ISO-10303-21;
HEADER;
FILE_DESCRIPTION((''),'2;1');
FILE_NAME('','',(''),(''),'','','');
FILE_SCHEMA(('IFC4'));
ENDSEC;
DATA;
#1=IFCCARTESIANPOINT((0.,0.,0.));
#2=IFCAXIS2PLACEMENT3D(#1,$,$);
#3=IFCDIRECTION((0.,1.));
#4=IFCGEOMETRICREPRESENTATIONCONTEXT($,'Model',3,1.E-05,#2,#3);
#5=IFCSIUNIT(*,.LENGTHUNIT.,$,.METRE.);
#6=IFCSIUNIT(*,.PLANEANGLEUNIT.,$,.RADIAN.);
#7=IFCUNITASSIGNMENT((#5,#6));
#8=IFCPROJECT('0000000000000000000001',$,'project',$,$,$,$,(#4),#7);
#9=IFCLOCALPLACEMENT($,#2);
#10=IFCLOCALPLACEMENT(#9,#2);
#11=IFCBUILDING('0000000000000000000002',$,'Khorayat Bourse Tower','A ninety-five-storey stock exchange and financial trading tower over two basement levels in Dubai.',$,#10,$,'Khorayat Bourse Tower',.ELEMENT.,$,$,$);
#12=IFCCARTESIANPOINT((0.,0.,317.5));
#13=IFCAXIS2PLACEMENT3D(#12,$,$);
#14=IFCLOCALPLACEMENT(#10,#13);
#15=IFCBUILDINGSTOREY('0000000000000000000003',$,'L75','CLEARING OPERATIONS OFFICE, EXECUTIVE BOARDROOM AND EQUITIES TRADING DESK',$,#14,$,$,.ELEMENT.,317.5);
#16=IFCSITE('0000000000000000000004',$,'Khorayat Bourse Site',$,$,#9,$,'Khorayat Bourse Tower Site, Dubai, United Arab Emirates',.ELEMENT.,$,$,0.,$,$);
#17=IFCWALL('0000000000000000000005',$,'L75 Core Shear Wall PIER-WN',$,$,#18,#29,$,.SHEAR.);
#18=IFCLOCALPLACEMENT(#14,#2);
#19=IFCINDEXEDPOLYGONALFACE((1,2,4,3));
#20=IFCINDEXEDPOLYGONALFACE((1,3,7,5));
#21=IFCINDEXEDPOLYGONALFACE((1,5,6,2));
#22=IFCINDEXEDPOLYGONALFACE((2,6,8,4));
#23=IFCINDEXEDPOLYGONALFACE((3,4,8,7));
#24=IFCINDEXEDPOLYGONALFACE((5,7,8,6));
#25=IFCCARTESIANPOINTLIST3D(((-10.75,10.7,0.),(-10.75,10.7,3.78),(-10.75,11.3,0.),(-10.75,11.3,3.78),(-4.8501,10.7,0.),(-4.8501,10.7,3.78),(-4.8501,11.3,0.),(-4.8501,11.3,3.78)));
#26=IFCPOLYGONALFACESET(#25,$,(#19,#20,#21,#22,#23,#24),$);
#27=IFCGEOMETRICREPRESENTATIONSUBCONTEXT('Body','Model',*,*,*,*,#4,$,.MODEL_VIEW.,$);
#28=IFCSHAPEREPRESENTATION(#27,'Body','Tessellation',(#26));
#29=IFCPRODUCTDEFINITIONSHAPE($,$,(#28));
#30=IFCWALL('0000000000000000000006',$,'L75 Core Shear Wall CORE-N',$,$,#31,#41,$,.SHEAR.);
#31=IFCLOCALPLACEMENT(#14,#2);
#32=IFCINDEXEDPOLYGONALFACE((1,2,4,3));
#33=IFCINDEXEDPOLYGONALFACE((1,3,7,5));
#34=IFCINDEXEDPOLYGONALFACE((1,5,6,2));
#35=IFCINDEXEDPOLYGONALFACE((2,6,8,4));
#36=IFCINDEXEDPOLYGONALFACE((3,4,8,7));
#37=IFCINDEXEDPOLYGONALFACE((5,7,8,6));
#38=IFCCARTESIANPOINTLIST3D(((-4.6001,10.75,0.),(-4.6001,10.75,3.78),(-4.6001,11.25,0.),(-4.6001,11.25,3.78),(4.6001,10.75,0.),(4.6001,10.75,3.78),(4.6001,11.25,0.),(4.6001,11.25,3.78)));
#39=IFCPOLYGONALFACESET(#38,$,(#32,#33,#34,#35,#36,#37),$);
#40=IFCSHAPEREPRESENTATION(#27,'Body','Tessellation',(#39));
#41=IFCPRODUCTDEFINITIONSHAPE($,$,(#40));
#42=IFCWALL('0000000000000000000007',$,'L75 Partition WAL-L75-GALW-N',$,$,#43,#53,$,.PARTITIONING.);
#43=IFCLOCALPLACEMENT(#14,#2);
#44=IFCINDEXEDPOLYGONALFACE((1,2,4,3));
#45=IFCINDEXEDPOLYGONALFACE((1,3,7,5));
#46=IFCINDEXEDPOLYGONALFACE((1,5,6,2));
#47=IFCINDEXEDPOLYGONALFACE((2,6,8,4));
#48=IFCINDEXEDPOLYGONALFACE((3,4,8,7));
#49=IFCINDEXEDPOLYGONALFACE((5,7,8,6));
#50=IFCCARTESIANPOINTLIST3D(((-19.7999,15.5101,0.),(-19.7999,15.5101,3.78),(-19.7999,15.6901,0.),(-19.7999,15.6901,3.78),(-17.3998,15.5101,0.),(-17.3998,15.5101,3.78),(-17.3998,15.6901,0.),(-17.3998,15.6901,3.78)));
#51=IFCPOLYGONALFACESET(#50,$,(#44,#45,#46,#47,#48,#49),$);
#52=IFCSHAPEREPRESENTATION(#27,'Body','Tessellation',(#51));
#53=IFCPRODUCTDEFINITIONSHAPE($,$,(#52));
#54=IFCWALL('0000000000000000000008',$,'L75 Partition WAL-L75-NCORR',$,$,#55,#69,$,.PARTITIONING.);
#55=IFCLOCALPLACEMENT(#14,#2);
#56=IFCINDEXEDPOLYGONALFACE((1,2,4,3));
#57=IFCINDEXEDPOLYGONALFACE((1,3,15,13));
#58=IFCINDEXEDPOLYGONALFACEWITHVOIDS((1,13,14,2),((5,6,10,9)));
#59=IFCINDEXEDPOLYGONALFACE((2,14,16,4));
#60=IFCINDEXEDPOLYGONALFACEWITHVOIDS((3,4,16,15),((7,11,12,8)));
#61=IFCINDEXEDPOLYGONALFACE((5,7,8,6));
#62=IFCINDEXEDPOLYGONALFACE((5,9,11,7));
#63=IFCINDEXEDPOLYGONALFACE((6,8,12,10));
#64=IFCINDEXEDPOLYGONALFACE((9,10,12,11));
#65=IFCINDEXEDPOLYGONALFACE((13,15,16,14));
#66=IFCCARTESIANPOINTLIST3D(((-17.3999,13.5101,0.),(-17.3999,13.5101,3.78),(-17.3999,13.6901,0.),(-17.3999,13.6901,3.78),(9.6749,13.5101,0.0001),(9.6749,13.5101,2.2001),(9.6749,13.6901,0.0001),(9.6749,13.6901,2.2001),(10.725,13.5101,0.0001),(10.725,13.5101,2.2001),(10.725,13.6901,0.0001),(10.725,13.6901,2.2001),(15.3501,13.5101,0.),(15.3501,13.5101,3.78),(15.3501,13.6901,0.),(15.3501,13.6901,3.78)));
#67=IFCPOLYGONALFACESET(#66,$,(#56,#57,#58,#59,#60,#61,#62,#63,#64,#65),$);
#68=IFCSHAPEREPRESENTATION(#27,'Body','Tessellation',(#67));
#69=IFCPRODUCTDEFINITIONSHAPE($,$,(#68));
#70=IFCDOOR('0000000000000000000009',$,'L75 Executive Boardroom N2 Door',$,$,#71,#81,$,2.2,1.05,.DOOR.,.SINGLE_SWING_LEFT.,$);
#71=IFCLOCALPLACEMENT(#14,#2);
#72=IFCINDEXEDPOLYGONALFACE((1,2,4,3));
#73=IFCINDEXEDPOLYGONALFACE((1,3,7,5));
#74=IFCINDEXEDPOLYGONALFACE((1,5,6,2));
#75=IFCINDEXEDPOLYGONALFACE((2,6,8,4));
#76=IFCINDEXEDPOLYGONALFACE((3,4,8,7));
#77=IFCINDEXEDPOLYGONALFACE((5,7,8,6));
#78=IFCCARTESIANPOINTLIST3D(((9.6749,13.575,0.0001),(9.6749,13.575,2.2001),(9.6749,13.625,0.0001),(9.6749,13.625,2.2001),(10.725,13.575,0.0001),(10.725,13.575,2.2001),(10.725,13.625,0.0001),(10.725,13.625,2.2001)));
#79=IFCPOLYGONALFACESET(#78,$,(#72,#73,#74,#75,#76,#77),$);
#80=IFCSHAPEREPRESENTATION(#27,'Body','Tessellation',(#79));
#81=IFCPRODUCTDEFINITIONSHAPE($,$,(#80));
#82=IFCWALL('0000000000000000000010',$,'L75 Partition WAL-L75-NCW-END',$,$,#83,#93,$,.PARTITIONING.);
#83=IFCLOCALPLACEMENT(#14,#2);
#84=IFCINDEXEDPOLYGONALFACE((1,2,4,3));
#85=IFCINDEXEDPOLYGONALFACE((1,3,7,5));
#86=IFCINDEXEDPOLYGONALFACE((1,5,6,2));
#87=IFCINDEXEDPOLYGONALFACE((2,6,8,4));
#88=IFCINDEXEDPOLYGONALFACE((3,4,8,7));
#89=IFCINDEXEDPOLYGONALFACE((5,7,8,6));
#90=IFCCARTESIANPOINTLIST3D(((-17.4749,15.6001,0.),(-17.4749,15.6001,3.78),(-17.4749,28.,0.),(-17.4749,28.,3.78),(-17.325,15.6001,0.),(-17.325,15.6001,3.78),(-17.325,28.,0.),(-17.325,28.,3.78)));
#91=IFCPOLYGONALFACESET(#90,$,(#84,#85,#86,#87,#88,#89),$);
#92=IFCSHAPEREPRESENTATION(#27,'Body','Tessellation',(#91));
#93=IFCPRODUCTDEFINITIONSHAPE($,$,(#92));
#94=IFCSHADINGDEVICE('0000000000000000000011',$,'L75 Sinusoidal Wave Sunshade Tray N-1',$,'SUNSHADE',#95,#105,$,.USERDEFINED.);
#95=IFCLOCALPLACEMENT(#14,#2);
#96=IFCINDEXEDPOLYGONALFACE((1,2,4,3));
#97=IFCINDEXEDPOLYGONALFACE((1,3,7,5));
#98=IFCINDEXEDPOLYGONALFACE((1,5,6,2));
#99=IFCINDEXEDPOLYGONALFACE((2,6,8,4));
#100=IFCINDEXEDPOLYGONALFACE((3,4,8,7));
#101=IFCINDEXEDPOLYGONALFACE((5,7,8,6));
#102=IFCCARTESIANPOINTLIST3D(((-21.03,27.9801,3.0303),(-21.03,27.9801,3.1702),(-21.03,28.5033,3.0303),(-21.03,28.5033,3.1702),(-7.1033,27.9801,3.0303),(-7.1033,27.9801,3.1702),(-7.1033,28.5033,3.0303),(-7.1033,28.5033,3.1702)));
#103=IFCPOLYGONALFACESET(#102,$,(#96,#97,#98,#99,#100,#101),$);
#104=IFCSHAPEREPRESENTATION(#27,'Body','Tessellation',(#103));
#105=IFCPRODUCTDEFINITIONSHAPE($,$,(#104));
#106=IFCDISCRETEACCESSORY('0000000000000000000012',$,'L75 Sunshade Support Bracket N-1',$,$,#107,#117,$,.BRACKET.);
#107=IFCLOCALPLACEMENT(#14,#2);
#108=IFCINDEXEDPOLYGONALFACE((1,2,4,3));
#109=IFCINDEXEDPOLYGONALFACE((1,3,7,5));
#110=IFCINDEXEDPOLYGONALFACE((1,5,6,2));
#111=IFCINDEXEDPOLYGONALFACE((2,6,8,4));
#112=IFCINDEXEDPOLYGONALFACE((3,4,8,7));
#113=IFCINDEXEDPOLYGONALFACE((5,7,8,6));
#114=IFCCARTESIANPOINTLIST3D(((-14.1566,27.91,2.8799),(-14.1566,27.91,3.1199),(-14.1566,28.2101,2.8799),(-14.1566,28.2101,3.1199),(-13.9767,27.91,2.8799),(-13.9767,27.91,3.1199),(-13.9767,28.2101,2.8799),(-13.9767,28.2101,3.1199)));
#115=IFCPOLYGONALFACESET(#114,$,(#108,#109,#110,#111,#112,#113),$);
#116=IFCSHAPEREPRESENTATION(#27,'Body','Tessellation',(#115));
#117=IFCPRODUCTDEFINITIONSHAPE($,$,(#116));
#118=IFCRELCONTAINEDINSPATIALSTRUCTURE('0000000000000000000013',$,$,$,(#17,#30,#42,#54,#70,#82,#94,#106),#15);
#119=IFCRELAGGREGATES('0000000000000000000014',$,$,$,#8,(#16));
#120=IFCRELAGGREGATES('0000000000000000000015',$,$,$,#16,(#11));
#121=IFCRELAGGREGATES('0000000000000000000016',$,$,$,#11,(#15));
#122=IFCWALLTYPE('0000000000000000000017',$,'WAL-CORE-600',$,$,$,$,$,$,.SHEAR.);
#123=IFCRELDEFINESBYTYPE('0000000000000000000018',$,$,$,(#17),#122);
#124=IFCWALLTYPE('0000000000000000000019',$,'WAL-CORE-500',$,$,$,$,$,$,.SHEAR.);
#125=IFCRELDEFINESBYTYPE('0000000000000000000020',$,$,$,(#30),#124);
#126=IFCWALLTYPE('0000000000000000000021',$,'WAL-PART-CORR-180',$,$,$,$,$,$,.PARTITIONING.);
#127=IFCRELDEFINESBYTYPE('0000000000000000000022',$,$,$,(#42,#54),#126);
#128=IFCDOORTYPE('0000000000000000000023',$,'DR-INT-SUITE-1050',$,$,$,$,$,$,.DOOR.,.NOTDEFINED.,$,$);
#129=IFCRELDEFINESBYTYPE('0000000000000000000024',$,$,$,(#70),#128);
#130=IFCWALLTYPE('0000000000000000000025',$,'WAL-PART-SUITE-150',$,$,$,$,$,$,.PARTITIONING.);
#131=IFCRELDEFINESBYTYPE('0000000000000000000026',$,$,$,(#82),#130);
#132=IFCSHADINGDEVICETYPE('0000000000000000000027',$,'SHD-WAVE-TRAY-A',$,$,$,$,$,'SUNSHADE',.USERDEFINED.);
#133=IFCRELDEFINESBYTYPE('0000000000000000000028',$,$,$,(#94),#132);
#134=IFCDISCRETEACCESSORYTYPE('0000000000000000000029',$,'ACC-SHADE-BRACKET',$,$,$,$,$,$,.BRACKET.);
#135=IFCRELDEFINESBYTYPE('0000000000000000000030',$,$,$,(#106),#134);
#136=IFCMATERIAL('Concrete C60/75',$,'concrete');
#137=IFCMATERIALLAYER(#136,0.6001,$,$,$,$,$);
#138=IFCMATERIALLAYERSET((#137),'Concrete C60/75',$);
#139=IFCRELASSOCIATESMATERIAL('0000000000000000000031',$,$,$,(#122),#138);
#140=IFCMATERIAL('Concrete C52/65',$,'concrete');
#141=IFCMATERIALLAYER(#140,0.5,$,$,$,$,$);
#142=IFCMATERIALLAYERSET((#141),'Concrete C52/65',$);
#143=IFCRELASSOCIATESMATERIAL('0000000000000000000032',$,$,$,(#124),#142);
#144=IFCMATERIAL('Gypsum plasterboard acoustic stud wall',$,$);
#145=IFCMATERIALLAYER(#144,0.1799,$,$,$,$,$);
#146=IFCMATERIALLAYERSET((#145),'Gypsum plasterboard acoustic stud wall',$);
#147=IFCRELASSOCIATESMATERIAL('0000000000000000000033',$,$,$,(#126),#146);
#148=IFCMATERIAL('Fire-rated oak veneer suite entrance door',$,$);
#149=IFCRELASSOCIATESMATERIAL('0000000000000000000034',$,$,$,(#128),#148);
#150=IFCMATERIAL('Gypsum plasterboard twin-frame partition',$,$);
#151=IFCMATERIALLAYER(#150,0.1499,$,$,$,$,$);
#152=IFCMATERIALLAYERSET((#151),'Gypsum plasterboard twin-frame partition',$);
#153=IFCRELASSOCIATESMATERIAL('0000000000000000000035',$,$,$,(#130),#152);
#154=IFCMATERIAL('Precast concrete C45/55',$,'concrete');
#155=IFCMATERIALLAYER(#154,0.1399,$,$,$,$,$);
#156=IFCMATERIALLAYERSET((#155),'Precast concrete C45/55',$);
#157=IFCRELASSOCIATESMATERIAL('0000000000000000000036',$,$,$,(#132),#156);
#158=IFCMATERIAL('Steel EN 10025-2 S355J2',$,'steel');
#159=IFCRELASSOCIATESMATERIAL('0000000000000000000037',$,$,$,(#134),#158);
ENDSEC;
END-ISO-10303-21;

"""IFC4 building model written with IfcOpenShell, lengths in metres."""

from ifc_helpers import new_model, si_unit, direction, frame, frame_2d, origin, origin_2d, place, context, subcontext, project, spatial, rectangle, extrude, source, transform, mapped, material, layer, layer_set, type_object, element, fill, save


model = new_model("IFC4")

# Units and contexts
model_context = context("Model", 3, precision=1e-05, world=origin(), true_north=direction((0.0, 1.0)))
body_context = subcontext(model_context, "Body", "Model", "MODEL_VIEW")
ifc_project = project(units=[si_unit("LENGTHUNIT", "METRE"), si_unit("PLANEANGLEUNIT", "RADIAN")], contexts=[model_context])

# Site, building, storey
site_placement = place(None, origin())
site = spatial("IfcSite", under=ifc_project, at=site_placement, Name="Khorayat Bourse Site", LongName="Khorayat Bourse Tower Site, Dubai, United Arab Emirates", CompositionType="ELEMENT", RefElevation=0.0)
building_placement = place(site_placement, origin())
building = spatial("IfcBuilding", under=site, at=building_placement, Name="Khorayat Bourse Tower", Description="A ninety-five-storey stock exchange and financial trading tower over two basement levels in Dubai.", LongName="Khorayat Bourse Tower", CompositionType="ELEMENT")
storey_placement = place(building_placement, frame((0.0, 0.0, 317.5)))
storey = spatial("IfcBuildingStorey", under=building, at=storey_placement, Name="L75", Description="CLEARING OPERATIONS OFFICE, EXECUTIVE BOARDROOM AND EQUITIES TRADING DESK", CompositionType="ELEMENT", Elevation=317.5)

# Shared definitions
ifc_material_1 = material(Name="Concrete C52/65", Category="concrete")

# Shared definitions
ifc_material_2 = material(Name="Concrete C60/75", Category="concrete")

# Shared definitions
ifc_material_3 = material(Name="Steel EN 10025-2 S355J2", Category="steel")

# Walls
ifc_layer_1 = layer(ifc_material_2, 0.6001)
ifc_layer_set_1 = layer_set([ifc_layer_1], Name="Concrete C60/75")
wall_type_1 = type_object("IfcWallType", Name="WAL-CORE-600", PredefinedType="SHEAR", material=ifc_layer_set_1)
shared_shape_1 = source(origin(), body_context, "Body", "SweptSolid", [
    extrude(rectangle(XDim=5.8999, YDim=0.6001, at=frame_2d((2.95, 0.0))), origin(), (0.0, 0.0, 1.0), 3.78),
])
wall_1_placement = place(storey_placement, frame((-10.75, 11.0, 0.0), z_axis=(0.0, 0.0, 1.0), x_axis=(1.0, 0.0, 0.0)))
element("IfcWall", 1, at=wall_1_placement, inside=storey, type_object=wall_type_1, Name="L75 Core Shear Wall PIER-WN", PredefinedType="SHEAR", context=body_context, shape_type="MappedRepresentation", body=[
    mapped(shared_shape_1, transform((0.0, 0.0, 0.0), scale=1.0)),
])
ifc_layer_2 = layer(ifc_material_1, 0.5)
ifc_layer_set_2 = layer_set([ifc_layer_2], Name="Concrete C52/65")
wall_type_2 = type_object("IfcWallType", Name="WAL-CORE-500", PredefinedType="SHEAR", material=ifc_layer_set_2)
shared_shape_2 = source(origin(), body_context, "Body", "SweptSolid", [
    extrude(rectangle(XDim=9.2002, YDim=0.5, at=frame_2d((4.6001, 0.0))), origin(), (0.0, 0.0, 1.0), 3.78),
])
wall_2_placement = place(storey_placement, frame((-4.6001, 11.0, 0.0), z_axis=(0.0, 0.0, 1.0), x_axis=(1.0, 0.0, 0.0)))
element("IfcWall", 2, at=wall_2_placement, inside=storey, type_object=wall_type_2, Name="L75 Core Shear Wall CORE-N", PredefinedType="SHEAR", context=body_context, shape_type="MappedRepresentation", body=[
    mapped(shared_shape_2, transform((0.0, 0.0, 0.0), scale=1.0)),
])
ifc_material_4 = material(Name="Gypsum plasterboard acoustic stud wall")
ifc_layer_3 = layer(ifc_material_4, 0.1799)
ifc_layer_set_3 = layer_set([ifc_layer_3], Name="Gypsum plasterboard acoustic stud wall")
wall_type_3 = type_object("IfcWallType", Name="WAL-PART-CORR-180", PredefinedType="PARTITIONING", material=ifc_layer_set_3)
shared_shape_3 = source(origin(), body_context, "Body", "SweptSolid", [
    extrude(rectangle(XDim=2.4001, YDim=0.1799, at=frame_2d((1.2002, 0.0))), origin(), (0.0, 0.0, 1.0), 3.78),
])
wall_3_placement = place(storey_placement, frame((-19.8, 15.6001, 0.0), z_axis=(0.0, 0.0, 1.0), x_axis=(1.0, 0.0, 0.0)))
element("IfcWall", 3, at=wall_3_placement, inside=storey, type_object=wall_type_3, Name="L75 Partition WAL-L75-GALW-N", PredefinedType="PARTITIONING", context=body_context, shape_type="MappedRepresentation", body=[
    mapped(shared_shape_3, transform((0.0, 0.0, 0.0), scale=1.0)),
])

# Wall, opening, door
shared_shape_4 = source(origin(), body_context, "Body", "SweptSolid", [
    extrude(rectangle(XDim=32.75, YDim=0.1799, at=frame_2d((16.375, 0.0))), origin(), (0.0, 0.0, 1.0), 3.78),
])
wall_4_placement = place(storey_placement, frame((-17.3999, 13.6001, 0.0), z_axis=(0.0, 0.0, 1.0), x_axis=(1.0, 0.0, 0.0)))
wall_4 = element("IfcWall", 4, at=wall_4_placement, inside=storey, type_object=wall_type_3, Name="L75 Partition WAL-L75-NCORR", PredefinedType="PARTITIONING", context=body_context, shape_type="MappedRepresentation", body=[
    mapped(shared_shape_4, transform((0.0, 0.0, 0.0), scale=1.0)),
])
shared_shape_5 = source(origin(), body_context, "Body", "SweptSolid", [
    extrude(rectangle(XDim=1.05, YDim=2.2, at=frame_2d((0.5249, 1.1001))), frame((0.0, 0.0999, 0.0), z_axis=(0.0, -1.0, 0.0), x_axis=(1.0, 0.0, 0.0)), (0.0, 0.0, 1.0), 0.2),
])
opening_placement = place(wall_4_placement, frame((27.075, 0.0, 0.0)))
opening = element("IfcOpeningElement", 5, at=opening_placement, cuts=wall_4, PredefinedType="OPENING", context=body_context, shape_type="MappedRepresentation", body=[
    mapped(shared_shape_5, transform((0.0, 0.0, 0.0), scale=1.0)),
])
ifc_material_5 = material(Name="Fire-rated oak veneer suite entrance door")
door_type = type_object("IfcDoorType", Name="DR-INT-SUITE-1050", OperationType="NOTDEFINED", PredefinedType="DOOR", material=ifc_material_5)
shared_shape_6 = source(origin(), body_context, "Body", "SweptSolid", [
    extrude(rectangle(XDim=1.05, YDim=2.2, at=frame_2d((0.5249, 1.1001))), frame((0.0, 0.0249, 0.0), z_axis=(0.0, -1.0, 0.0), x_axis=(1.0, 0.0, 0.0)), (0.0, 0.0, 1.0), 0.05),
])
door_placement = place(opening_placement, origin())
door = element("IfcDoor", 6, at=door_placement, inside=storey, type_object=door_type, Name="L75 Executive Boardroom N2 Door", OperationType="SINGLE_SWING_LEFT", OverallHeight=2.2, OverallWidth=1.05, PredefinedType="DOOR", context=body_context, shape_type="MappedRepresentation", body=[
    mapped(shared_shape_6, transform((0.0, 0.0, 0.0), scale=1.0)),
])
fill(opening, door)

# Wall
ifc_material_6 = material(Name="Gypsum plasterboard twin-frame partition")
ifc_layer_4 = layer(ifc_material_6, 0.1499)
ifc_layer_set_4 = layer_set([ifc_layer_4], Name="Gypsum plasterboard twin-frame partition")
wall_type_4 = type_object("IfcWallType", Name="WAL-PART-SUITE-150", PredefinedType="PARTITIONING", material=ifc_layer_set_4)
shared_shape_7 = source(origin(), body_context, "Body", "SweptSolid", [
    extrude(rectangle(XDim=12.3999, YDim=0.1499, at=frame_2d((6.2, 0.0))), origin(), (0.0, 0.0, 1.0), 3.78),
])
wall_5_placement = place(storey_placement, frame((-17.3999, 15.6001, 0.0), z_axis=(0.0, 0.0, 1.0), x_axis=(0.0, 1.0, 0.0)))
element("IfcWall", 7, at=wall_5_placement, inside=storey, type_object=wall_type_4, Name="L75 Partition WAL-L75-NCW-END", PredefinedType="PARTITIONING", context=body_context, shape_type="MappedRepresentation", body=[
    mapped(shared_shape_7, transform((0.0, 0.0, 0.0), scale=1.0)),
])

# Shading device
ifc_material_7 = material(Name="Precast concrete C45/55", Category="concrete")
ifc_layer_5 = layer(ifc_material_7, 0.1399)
ifc_layer_set_5 = layer_set([ifc_layer_5], Name="Precast concrete C45/55")
shading_device_type = type_object("IfcShadingDeviceType", Name="SHD-WAVE-TRAY-A", ElementType="SUNSHADE", PredefinedType="USERDEFINED", material=ifc_layer_set_5)
shared_shape_8 = source(origin(), body_context, "Body", "SweptSolid", [
    extrude(rectangle(XDim=13.9268, YDim=0.5232, at=origin_2d()), origin(), (0.0, 0.0, 1.0), 0.1399),
])
shading_device_placement = place(storey_placement, frame((-14.0667, 28.2417, 3.0303), z_axis=(0.0, 0.0, 1.0), x_axis=(1.0, 0.0, 0.0)))
element("IfcShadingDevice", 8, at=shading_device_placement, inside=storey, type_object=shading_device_type, Name="L75 Sinusoidal Wave Sunshade Tray N-1", ObjectType="SUNSHADE", PredefinedType="USERDEFINED", context=body_context, shape_type="MappedRepresentation", body=[
    mapped(shared_shape_8, transform((0.0, 0.0, 0.0), scale=1.0)),
])

# Discrete accessory
discrete_accessory_type = type_object("IfcDiscreteAccessoryType", Name="ACC-SHADE-BRACKET", PredefinedType="BRACKET", material=ifc_material_3)
shared_shape_9 = source(origin(), body_context, "Body", "SweptSolid", [
    extrude(rectangle(XDim=0.1799, YDim=0.3, at=origin_2d()), origin(), (0.0, 0.0, 1.0), 0.24),
])
discrete_accessory_placement = place(storey_placement, frame((-14.0667, 28.0601, 2.8799), z_axis=(0.0, 0.0, 1.0), x_axis=(1.0, 0.0, 0.0)))
element("IfcDiscreteAccessory", 9, at=discrete_accessory_placement, inside=storey, type_object=discrete_accessory_type, Name="L75 Sunshade Support Bracket N-1", PredefinedType="BRACKET", context=body_context, shape_type="MappedRepresentation", body=[
    mapped(shared_shape_9, transform((0.0, 0.0, 0.0), scale=1.0)),
])

save(model, "model.ifc")
